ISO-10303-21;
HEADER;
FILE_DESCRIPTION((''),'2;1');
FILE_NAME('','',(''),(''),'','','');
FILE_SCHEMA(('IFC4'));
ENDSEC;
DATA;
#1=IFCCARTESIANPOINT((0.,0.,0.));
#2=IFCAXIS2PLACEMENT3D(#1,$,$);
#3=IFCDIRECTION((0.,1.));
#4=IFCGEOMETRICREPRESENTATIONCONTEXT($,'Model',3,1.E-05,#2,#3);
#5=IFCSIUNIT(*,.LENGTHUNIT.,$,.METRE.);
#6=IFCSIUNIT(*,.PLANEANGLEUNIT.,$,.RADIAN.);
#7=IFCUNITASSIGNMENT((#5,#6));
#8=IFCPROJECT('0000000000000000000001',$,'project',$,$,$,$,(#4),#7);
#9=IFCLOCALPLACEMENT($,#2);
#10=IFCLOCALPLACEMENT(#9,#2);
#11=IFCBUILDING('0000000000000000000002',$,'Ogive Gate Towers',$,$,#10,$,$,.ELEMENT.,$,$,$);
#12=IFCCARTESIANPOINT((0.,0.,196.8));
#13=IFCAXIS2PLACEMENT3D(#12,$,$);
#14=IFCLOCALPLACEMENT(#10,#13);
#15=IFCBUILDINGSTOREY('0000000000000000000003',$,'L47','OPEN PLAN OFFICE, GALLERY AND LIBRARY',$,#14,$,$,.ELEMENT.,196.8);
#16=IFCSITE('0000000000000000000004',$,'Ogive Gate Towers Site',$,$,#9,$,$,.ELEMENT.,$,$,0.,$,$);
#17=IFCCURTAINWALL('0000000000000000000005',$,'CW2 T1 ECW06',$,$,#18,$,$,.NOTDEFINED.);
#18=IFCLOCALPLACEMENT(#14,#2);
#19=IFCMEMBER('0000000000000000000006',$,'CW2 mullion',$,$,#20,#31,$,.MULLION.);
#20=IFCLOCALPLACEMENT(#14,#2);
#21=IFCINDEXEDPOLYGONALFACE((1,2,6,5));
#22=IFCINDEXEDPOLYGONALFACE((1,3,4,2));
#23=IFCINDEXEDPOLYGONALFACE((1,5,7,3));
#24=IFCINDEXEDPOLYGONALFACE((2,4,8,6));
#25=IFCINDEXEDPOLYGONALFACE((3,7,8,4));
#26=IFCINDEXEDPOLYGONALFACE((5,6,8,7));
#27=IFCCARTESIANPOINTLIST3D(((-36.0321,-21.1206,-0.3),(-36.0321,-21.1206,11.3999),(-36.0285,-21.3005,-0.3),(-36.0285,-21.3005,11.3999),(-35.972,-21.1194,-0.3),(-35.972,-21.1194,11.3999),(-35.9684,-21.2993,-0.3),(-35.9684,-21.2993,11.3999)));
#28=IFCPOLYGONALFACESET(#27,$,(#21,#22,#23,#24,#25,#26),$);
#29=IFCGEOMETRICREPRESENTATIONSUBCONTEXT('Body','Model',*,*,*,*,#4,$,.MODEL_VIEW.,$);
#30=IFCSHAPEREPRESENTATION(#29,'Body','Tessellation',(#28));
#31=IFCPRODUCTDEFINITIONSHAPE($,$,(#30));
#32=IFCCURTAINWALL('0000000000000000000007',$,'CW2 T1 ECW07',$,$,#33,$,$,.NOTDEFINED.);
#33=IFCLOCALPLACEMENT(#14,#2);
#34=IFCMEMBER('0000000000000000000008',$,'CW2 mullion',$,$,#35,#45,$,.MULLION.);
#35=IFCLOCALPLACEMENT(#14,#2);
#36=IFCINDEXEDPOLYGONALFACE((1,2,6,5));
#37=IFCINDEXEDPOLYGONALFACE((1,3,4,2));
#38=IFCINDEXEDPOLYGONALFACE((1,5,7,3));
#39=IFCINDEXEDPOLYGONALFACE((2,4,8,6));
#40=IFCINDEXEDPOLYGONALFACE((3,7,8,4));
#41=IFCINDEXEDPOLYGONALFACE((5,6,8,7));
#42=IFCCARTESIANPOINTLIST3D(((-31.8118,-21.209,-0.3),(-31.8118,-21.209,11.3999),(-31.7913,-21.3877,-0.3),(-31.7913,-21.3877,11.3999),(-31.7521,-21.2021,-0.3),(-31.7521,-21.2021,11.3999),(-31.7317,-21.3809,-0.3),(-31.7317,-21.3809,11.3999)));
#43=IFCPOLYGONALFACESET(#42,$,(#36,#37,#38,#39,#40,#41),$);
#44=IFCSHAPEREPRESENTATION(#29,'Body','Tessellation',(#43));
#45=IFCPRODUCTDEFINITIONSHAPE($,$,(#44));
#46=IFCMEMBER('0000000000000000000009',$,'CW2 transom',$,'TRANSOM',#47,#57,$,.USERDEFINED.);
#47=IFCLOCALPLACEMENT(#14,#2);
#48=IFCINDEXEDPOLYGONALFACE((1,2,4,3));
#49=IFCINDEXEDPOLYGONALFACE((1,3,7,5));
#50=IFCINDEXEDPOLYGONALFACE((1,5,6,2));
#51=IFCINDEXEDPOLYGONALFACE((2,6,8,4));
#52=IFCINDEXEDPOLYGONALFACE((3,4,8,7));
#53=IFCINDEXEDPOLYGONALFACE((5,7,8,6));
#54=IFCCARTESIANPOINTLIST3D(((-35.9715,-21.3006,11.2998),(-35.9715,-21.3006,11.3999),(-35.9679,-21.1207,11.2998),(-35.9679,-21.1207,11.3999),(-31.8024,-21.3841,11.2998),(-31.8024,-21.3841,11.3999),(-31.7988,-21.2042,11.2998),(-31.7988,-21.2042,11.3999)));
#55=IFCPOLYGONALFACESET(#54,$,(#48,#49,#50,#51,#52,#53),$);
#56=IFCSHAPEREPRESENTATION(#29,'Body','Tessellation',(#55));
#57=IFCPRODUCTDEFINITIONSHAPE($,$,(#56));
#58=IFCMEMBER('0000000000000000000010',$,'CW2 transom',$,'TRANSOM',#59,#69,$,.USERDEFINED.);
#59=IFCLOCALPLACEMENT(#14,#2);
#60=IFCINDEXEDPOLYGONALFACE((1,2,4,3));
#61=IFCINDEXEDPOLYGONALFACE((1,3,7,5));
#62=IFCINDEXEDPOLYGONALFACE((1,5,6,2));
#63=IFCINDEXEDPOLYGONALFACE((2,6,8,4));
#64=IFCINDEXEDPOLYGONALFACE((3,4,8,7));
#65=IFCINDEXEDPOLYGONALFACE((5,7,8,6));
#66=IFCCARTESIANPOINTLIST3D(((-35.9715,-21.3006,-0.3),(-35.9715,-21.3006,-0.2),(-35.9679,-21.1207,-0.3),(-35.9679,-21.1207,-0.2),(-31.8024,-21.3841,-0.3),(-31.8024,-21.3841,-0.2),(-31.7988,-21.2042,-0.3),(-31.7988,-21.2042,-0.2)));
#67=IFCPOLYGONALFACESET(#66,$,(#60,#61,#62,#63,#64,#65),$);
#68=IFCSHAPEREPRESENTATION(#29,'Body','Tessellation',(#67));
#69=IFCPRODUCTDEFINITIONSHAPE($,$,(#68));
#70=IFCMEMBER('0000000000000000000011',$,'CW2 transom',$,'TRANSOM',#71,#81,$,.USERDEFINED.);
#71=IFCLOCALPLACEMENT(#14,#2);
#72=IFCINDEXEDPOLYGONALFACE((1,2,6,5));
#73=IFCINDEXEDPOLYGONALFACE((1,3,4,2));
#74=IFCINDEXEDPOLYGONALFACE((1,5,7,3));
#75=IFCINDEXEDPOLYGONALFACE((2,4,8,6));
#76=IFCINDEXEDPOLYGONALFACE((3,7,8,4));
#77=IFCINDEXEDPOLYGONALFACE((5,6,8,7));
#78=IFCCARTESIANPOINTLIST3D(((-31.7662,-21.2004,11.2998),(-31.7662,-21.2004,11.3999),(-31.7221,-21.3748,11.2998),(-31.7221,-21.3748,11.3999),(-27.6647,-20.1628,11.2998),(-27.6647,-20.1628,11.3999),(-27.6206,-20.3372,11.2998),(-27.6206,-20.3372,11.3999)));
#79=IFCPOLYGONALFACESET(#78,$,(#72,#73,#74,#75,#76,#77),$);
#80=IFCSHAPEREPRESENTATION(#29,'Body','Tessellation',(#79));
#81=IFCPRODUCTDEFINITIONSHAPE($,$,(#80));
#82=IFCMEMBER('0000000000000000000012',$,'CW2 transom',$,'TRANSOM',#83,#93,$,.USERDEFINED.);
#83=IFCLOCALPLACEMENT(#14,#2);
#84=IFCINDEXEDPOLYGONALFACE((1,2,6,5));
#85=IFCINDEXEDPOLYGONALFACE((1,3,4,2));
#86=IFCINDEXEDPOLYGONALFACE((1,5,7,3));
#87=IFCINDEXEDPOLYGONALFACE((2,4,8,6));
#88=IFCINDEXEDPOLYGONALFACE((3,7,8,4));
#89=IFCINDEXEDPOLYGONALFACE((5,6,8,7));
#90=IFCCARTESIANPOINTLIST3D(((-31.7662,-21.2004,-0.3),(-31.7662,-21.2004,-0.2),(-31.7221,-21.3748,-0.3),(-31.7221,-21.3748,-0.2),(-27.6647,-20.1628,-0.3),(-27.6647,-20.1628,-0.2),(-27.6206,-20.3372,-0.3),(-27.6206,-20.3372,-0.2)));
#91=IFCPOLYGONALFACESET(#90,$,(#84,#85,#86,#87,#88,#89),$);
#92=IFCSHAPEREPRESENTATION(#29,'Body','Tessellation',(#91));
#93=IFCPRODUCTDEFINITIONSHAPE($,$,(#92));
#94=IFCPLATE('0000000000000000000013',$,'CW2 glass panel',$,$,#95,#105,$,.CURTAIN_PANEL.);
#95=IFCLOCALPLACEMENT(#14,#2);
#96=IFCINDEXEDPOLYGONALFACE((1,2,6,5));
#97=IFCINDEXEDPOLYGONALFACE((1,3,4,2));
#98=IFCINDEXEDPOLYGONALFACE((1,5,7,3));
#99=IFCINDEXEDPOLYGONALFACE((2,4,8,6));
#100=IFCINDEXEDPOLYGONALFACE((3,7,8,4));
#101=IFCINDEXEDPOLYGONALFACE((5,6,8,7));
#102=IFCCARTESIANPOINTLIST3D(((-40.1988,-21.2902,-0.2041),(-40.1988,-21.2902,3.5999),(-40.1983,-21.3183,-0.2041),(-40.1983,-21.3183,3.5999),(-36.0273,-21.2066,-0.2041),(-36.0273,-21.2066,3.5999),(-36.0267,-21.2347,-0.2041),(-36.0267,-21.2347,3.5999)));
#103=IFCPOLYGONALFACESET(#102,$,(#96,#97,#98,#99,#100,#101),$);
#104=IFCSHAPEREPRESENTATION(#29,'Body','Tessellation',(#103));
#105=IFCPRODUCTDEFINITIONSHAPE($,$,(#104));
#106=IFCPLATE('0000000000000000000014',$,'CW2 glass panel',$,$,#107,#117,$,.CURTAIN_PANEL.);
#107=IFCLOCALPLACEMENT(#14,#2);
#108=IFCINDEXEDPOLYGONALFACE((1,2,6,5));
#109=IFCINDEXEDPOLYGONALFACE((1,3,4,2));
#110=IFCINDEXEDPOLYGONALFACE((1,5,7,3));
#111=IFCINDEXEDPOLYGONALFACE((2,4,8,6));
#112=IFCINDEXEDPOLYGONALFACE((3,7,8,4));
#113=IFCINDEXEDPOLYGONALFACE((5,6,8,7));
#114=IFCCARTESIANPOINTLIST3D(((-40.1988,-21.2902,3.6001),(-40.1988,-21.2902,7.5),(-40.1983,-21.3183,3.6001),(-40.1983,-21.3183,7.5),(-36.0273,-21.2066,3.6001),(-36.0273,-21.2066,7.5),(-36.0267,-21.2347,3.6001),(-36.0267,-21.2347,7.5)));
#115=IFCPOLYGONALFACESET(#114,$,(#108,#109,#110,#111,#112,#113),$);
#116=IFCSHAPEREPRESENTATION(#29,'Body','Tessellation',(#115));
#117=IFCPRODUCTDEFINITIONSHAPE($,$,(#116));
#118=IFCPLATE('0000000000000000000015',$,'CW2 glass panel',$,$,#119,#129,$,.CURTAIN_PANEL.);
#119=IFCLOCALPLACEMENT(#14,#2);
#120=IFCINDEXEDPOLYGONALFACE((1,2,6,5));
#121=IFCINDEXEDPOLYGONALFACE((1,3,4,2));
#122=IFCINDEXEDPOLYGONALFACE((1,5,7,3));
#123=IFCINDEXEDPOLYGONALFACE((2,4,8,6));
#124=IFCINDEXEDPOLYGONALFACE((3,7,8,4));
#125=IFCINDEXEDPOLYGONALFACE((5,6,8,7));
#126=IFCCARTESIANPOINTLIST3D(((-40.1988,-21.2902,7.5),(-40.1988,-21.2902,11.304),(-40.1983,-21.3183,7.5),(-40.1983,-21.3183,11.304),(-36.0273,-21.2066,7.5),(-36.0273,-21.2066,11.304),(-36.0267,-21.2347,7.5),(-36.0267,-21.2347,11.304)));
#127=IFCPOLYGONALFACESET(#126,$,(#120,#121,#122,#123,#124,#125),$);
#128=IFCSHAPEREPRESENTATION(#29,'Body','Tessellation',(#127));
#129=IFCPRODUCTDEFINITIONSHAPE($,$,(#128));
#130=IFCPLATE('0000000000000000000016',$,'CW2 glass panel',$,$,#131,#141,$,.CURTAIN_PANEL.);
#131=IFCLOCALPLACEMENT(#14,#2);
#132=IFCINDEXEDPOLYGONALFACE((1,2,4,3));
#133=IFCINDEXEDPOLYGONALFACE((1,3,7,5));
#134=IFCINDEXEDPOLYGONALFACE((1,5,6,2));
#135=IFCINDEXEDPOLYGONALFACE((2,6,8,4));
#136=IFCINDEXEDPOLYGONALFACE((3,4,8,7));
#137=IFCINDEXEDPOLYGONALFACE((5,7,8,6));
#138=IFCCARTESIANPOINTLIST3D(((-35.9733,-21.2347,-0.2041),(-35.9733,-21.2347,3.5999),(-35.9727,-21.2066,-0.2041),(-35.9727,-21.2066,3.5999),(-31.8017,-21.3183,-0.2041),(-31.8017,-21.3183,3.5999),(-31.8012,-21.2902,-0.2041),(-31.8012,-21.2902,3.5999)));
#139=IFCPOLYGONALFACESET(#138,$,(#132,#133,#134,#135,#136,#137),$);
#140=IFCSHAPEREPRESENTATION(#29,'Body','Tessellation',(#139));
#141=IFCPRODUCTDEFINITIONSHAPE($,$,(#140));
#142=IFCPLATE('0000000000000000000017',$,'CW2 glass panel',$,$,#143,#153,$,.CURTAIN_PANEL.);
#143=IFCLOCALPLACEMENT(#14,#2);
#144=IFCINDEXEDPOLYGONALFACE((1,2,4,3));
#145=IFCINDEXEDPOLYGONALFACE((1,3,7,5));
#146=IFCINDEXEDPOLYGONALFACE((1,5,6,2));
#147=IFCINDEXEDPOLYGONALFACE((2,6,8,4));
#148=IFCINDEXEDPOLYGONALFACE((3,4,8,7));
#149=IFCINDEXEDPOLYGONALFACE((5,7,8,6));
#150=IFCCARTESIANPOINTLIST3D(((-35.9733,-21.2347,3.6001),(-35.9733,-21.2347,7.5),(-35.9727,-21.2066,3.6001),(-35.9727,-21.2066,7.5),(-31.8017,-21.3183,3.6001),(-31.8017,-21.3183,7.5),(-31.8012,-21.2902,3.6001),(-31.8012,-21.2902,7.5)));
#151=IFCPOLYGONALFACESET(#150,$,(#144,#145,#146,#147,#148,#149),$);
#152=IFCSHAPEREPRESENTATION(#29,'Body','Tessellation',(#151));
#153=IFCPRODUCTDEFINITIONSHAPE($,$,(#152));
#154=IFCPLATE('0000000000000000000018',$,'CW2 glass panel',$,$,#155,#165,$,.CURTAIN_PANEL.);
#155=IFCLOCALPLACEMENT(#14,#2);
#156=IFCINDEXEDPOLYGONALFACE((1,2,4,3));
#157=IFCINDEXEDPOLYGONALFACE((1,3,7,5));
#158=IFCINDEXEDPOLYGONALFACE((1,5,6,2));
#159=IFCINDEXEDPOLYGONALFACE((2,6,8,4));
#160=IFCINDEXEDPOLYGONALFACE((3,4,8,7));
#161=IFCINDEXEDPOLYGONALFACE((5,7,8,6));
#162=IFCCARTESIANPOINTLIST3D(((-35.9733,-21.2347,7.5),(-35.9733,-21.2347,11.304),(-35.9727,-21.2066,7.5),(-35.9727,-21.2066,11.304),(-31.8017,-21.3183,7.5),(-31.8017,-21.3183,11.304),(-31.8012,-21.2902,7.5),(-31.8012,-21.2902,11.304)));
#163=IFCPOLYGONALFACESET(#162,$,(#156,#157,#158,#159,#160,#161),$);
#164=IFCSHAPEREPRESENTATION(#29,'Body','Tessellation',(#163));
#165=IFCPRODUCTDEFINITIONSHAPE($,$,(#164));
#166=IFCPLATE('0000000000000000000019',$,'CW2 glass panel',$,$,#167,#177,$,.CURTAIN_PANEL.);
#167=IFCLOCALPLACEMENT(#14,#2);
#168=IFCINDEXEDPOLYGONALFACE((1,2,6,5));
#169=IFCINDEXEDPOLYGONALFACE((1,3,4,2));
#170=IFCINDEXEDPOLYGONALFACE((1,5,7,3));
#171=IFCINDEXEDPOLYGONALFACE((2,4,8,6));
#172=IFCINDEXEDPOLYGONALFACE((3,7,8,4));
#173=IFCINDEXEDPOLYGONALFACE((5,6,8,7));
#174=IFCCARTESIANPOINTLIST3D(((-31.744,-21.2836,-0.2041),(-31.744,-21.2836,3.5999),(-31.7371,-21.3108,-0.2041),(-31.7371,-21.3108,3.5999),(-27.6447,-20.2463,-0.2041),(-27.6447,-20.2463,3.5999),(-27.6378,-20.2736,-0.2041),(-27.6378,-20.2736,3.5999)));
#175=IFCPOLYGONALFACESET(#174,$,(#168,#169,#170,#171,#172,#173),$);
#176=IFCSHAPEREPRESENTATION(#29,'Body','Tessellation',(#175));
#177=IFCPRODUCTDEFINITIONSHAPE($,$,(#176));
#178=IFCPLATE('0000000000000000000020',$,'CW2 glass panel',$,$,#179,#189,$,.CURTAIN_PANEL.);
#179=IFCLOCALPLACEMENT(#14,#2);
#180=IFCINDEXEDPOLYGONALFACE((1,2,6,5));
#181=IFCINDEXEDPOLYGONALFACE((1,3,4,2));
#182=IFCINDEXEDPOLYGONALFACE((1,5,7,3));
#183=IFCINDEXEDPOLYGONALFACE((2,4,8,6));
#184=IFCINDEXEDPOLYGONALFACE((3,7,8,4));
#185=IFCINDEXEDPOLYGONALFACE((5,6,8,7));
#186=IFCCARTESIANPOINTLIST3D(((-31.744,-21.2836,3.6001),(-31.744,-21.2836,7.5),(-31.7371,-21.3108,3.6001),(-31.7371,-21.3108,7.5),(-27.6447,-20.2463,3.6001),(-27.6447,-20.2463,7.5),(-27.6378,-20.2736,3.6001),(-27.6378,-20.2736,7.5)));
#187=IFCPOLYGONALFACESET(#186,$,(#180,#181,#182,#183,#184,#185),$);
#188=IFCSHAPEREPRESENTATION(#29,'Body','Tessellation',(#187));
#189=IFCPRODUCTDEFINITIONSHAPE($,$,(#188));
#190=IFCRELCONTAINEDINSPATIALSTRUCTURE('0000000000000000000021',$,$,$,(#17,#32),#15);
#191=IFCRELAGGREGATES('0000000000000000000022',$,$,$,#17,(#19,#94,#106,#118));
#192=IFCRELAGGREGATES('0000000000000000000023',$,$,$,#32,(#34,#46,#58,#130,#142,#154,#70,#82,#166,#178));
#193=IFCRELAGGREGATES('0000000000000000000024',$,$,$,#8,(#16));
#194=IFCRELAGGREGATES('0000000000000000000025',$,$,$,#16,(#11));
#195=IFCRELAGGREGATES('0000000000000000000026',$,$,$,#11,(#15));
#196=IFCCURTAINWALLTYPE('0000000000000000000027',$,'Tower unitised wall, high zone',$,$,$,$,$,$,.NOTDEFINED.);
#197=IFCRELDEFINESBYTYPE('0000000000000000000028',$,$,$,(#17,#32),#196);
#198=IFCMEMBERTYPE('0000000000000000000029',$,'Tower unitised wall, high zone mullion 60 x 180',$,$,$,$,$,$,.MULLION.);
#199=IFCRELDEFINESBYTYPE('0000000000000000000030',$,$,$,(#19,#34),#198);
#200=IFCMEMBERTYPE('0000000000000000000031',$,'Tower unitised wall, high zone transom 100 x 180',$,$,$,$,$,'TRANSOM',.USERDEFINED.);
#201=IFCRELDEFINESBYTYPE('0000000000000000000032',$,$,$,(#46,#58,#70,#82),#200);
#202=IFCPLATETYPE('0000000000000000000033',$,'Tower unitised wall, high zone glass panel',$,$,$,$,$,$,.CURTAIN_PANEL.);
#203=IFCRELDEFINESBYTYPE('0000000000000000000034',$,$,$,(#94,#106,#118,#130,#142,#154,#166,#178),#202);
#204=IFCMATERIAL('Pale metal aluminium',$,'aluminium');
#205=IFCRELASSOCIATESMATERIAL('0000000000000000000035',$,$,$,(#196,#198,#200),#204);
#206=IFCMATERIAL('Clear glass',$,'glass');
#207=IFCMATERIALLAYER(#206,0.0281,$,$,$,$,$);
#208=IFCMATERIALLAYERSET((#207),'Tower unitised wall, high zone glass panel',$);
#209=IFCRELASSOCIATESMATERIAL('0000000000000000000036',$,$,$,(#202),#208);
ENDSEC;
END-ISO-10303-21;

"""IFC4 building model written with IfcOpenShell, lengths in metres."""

from ifc_helpers import new_model, si_unit, direction, frame, origin, origin_2d, place, context, subcontext, project, spatial, rectangle, extrude, material, layer, layer_set, material_profile, profile_set, type_object, element, aggregate, save


model = new_model("IFC4")

# Units and contexts
model_context = context("Model", 3, precision=1e-05, world=origin(), true_north=direction((0.0, 1.0)))
body_context = subcontext(model_context, "Body", "Model", "MODEL_VIEW")
ifc_project = project(units=[si_unit("LENGTHUNIT", "METRE"), si_unit("PLANEANGLEUNIT", "RADIAN")], contexts=[model_context])

# Site, building, storey
site_placement = place(None, origin())
site = spatial("IfcSite", under=ifc_project, at=site_placement, Name="Ogive Gate Towers Site", CompositionType="ELEMENT", RefElevation=0.0)
building_placement = place(site_placement, origin())
building = spatial("IfcBuilding", under=site, at=building_placement, Name="Ogive Gate Towers", CompositionType="ELEMENT")
storey_placement = place(building_placement, frame((0.0, 0.0, 196.8)))
storey = spatial("IfcBuildingStorey", under=building, at=storey_placement, Name="L47", Description="OPEN PLAN OFFICE, GALLERY AND LIBRARY", CompositionType="ELEMENT", Elevation=196.8)

# Curtain wall, member
ifc_material_1 = material(Name="Pale metal aluminium", Category="aluminium")
curtain_wall_type = type_object("IfcCurtainWallType", Name="Tower unitised wall, high zone", PredefinedType="NOTDEFINED", material=ifc_material_1)
curtain_wall_1_placement = place(storey_placement, origin())
curtain_wall_1 = element("IfcCurtainWall", 1, at=curtain_wall_1_placement, inside=storey, type_object=curtain_wall_type, Name="CW2 T1 ECW06", PredefinedType="NOTDEFINED")
ifc_material_profile_1 = material_profile(ifc_material_1, rectangle(XDim=0.1799, YDim=0.0601, at=origin_2d()), Name="60 x 180 aluminium box")
ifc_profile_set_1 = profile_set([ifc_material_profile_1], Name="Pale metal aluminium")
member_type_1 = type_object("IfcMemberType", Name="Tower unitised wall, high zone mullion 60 x 180", PredefinedType="MULLION", material=ifc_profile_set_1)
member_1_placement = place(storey_placement, frame((-36.0002, -21.21, -0.3), z_axis=(0.0, 0.0, 1.0), x_axis=(0.020052, -0.999799, 0.0)))
member_1 = element("IfcMember", 2, at=member_1_placement, type_object=member_type_1, Name="CW2 mullion", PredefinedType="MULLION", context=body_context, shape_type="SweptSolid", body=[
    extrude(rectangle(XDim=0.1799, YDim=0.0601, at=origin_2d()), origin(), (0.0, 0.0, 1.0), 11.7),
])

# Curtain wall, members
curtain_wall_2_placement = place(storey_placement, origin())
curtain_wall_2 = element("IfcCurtainWall", 3, at=curtain_wall_2_placement, inside=storey, type_object=curtain_wall_type, Name="CW2 T1 ECW07", PredefinedType="NOTDEFINED")
member_2_placement = place(storey_placement, frame((-31.7717, -21.2949, -0.3), z_axis=(0.0, 0.0, 1.0), x_axis=(0.113637, -0.993522, 0.0)))
member_2 = element("IfcMember", 4, at=member_2_placement, type_object=member_type_1, Name="CW2 mullion", PredefinedType="MULLION", context=body_context, shape_type="SweptSolid", body=[
    extrude(rectangle(XDim=0.1799, YDim=0.0601, at=origin_2d()), origin(), (0.0, 0.0, 1.0), 11.7),
])
ifc_material_profile_2 = material_profile(ifc_material_1, rectangle(XDim=0.1799, YDim=0.1001, at=origin_2d()), Name="100 x 180 aluminium box")
ifc_profile_set_2 = profile_set([ifc_material_profile_2], Name="Pale metal aluminium")
member_type_2 = type_object("IfcMemberType", Name="Tower unitised wall, high zone transom 100 x 180", ElementType="TRANSOM", PredefinedType="USERDEFINED", material=ifc_profile_set_2)
member_3_placement = place(storey_placement, frame((-35.9697, -21.2107, 11.3499), z_axis=(0.9998, -0.020023, 0.0), x_axis=(0.020023, 0.9998, 0.0)))
member_3 = element("IfcMember", 5, at=member_3_placement, type_object=member_type_2, Name="CW2 transom", ObjectType="TRANSOM", PredefinedType="USERDEFINED", context=body_context, shape_type="SweptSolid", body=[
    extrude(rectangle(XDim=0.1799, YDim=0.1001, at=origin_2d()), origin(), (0.0, 0.0, 1.0), 4.1699),
])
member_4_placement = place(storey_placement, frame((-35.9697, -21.2107, -0.25), z_axis=(0.9998, -0.020023, 0.0), x_axis=(0.020023, 0.9998, 0.0)))
member_4 = element("IfcMember", 6, at=member_4_placement, type_object=member_type_2, Name="CW2 transom", ObjectType="TRANSOM", PredefinedType="USERDEFINED", context=body_context, shape_type="SweptSolid", body=[
    extrude(rectangle(XDim=0.1799, YDim=0.1001, at=origin_2d()), origin(), (0.0, 0.0, 1.0), 4.1699),
])
member_5_placement = place(storey_placement, frame((-31.7441, -21.2876, 11.3499), z_axis=(0.96946, 0.24525, 0.0), x_axis=(-0.24525, 0.96946, 0.0)))
member_5 = element("IfcMember", 7, at=member_5_placement, type_object=member_type_2, Name="CW2 transom", ObjectType="TRANSOM", PredefinedType="USERDEFINED", context=body_context, shape_type="SweptSolid", body=[
    extrude(rectangle(XDim=0.1799, YDim=0.1001, at=origin_2d()), origin(), (0.0, 0.0, 1.0), 4.2307),
])
member_6_placement = place(storey_placement, frame((-31.7441, -21.2876, -0.25), z_axis=(0.96946, 0.24525, 0.0), x_axis=(-0.24525, 0.96946, 0.0)))
member_6 = element("IfcMember", 8, at=member_6_placement, type_object=member_type_2, Name="CW2 transom", ObjectType="TRANSOM", PredefinedType="USERDEFINED", context=body_context, shape_type="SweptSolid", body=[
    extrude(rectangle(XDim=0.1799, YDim=0.1001, at=origin_2d()), origin(), (0.0, 0.0, 1.0), 4.2307),
])

# Plates
ifc_material_2 = material(Name="Clear glass", Category="glass")
ifc_layer_1 = layer(ifc_material_2, 0.0281)
ifc_layer_set_1 = layer_set([ifc_layer_1], Name="Tower unitised wall, high zone glass panel")
plate_type = type_object("IfcPlateType", Name="Tower unitised wall, high zone glass panel", PredefinedType="CURTAIN_PANEL", material=ifc_layer_set_1)
plate_1_placement = place(storey_placement, frame((-38.1128, -21.2625, -0.2041), z_axis=(0.0, 0.0, 1.0), x_axis=(0.999799, 0.020052, 0.0)))
plate_1 = element("IfcPlate", 9, at=plate_1_placement, type_object=plate_type, Name="CW2 glass panel", PredefinedType="CURTAIN_PANEL", context=body_context, shape_type="SweptSolid", body=[
    extrude(rectangle(XDim=4.1724, YDim=0.0281, at=origin_2d()), origin(), (0.0, 0.0, 1.0), 3.804),
])
plate_2_placement = place(storey_placement, frame((-38.1128, -21.2625, 3.6001), z_axis=(0.0, 0.0, 1.0), x_axis=(0.999799, 0.020052, 0.0)))
plate_2 = element("IfcPlate", 10, at=plate_2_placement, type_object=plate_type, Name="CW2 glass panel", PredefinedType="CURTAIN_PANEL", context=body_context, shape_type="SweptSolid", body=[
    extrude(rectangle(XDim=4.1724, YDim=0.0281, at=origin_2d()), origin(), (0.0, 0.0, 1.0), 3.8999),
])
plate_3_placement = place(storey_placement, frame((-38.1128, -21.2625, 7.5), z_axis=(0.0, 0.0, 1.0), x_axis=(0.999799, 0.020052, 0.0)))
plate_3 = element("IfcPlate", 11, at=plate_3_placement, type_object=plate_type, Name="CW2 glass panel", PredefinedType="CURTAIN_PANEL", context=body_context, shape_type="SweptSolid", body=[
    extrude(rectangle(XDim=4.1724, YDim=0.0281, at=origin_2d()), origin(), (0.0, 0.0, 1.0), 3.804),
])
aggregate(curtain_wall_1, [member_1, plate_1, plate_2, plate_3])
plate_4_placement = place(storey_placement, frame((-33.8872, -21.2625, -0.2041), z_axis=(0.0, 0.0, 1.0), x_axis=(0.999799, -0.020052, 0.0)))
plate_4 = element("IfcPlate", 12, at=plate_4_placement, type_object=plate_type, Name="CW2 glass panel", PredefinedType="CURTAIN_PANEL", context=body_context, shape_type="SweptSolid", body=[
    extrude(rectangle(XDim=4.1724, YDim=0.0281, at=origin_2d()), origin(), (0.0, 0.0, 1.0), 3.804),
])
plate_5_placement = place(storey_placement, frame((-33.8872, -21.2625, 3.6001), z_axis=(0.0, 0.0, 1.0), x_axis=(0.999799, -0.020052, 0.0)))
plate_5 = element("IfcPlate", 13, at=plate_5_placement, type_object=plate_type, Name="CW2 glass panel", PredefinedType="CURTAIN_PANEL", context=body_context, shape_type="SweptSolid", body=[
    extrude(rectangle(XDim=4.1724, YDim=0.0281, at=origin_2d()), origin(), (0.0, 0.0, 1.0), 3.8999),
])
plate_6_placement = place(storey_placement, frame((-33.8872, -21.2625, 7.5), z_axis=(0.0, 0.0, 1.0), x_axis=(0.999799, -0.020052, 0.0)))
plate_6 = element("IfcPlate", 14, at=plate_6_placement, type_object=plate_type, Name="CW2 glass panel", PredefinedType="CURTAIN_PANEL", context=body_context, shape_type="SweptSolid", body=[
    extrude(rectangle(XDim=4.1724, YDim=0.0281, at=origin_2d()), origin(), (0.0, 0.0, 1.0), 3.804),
])
plate_7_placement = place(storey_placement, frame((-29.6909, -20.7786, -0.2041), z_axis=(0.0, 0.0, 1.0), x_axis=(0.96945, 0.24529, 0.0)))
plate_7 = element("IfcPlate", 15, at=plate_7_placement, type_object=plate_type, Name="CW2 glass panel", PredefinedType="CURTAIN_PANEL", context=body_context, shape_type="SweptSolid", body=[
    extrude(rectangle(XDim=4.2285, YDim=0.0281, at=origin_2d()), origin(), (0.0, 0.0, 1.0), 3.804),
])
plate_8_placement = place(storey_placement, frame((-29.6909, -20.7786, 3.6001), z_axis=(0.0, 0.0, 1.0), x_axis=(0.96945, 0.24529, 0.0)))
plate_8 = element("IfcPlate", 16, at=plate_8_placement, type_object=plate_type, Name="CW2 glass panel", PredefinedType="CURTAIN_PANEL", context=body_context, shape_type="SweptSolid", body=[
    extrude(rectangle(XDim=4.2285, YDim=0.0281, at=origin_2d()), origin(), (0.0, 0.0, 1.0), 3.8999),
])
aggregate(curtain_wall_2, [member_2, member_3, member_4, plate_4, plate_5, plate_6, member_5, member_6, plate_7, plate_8])

save(model, "model.ifc")
